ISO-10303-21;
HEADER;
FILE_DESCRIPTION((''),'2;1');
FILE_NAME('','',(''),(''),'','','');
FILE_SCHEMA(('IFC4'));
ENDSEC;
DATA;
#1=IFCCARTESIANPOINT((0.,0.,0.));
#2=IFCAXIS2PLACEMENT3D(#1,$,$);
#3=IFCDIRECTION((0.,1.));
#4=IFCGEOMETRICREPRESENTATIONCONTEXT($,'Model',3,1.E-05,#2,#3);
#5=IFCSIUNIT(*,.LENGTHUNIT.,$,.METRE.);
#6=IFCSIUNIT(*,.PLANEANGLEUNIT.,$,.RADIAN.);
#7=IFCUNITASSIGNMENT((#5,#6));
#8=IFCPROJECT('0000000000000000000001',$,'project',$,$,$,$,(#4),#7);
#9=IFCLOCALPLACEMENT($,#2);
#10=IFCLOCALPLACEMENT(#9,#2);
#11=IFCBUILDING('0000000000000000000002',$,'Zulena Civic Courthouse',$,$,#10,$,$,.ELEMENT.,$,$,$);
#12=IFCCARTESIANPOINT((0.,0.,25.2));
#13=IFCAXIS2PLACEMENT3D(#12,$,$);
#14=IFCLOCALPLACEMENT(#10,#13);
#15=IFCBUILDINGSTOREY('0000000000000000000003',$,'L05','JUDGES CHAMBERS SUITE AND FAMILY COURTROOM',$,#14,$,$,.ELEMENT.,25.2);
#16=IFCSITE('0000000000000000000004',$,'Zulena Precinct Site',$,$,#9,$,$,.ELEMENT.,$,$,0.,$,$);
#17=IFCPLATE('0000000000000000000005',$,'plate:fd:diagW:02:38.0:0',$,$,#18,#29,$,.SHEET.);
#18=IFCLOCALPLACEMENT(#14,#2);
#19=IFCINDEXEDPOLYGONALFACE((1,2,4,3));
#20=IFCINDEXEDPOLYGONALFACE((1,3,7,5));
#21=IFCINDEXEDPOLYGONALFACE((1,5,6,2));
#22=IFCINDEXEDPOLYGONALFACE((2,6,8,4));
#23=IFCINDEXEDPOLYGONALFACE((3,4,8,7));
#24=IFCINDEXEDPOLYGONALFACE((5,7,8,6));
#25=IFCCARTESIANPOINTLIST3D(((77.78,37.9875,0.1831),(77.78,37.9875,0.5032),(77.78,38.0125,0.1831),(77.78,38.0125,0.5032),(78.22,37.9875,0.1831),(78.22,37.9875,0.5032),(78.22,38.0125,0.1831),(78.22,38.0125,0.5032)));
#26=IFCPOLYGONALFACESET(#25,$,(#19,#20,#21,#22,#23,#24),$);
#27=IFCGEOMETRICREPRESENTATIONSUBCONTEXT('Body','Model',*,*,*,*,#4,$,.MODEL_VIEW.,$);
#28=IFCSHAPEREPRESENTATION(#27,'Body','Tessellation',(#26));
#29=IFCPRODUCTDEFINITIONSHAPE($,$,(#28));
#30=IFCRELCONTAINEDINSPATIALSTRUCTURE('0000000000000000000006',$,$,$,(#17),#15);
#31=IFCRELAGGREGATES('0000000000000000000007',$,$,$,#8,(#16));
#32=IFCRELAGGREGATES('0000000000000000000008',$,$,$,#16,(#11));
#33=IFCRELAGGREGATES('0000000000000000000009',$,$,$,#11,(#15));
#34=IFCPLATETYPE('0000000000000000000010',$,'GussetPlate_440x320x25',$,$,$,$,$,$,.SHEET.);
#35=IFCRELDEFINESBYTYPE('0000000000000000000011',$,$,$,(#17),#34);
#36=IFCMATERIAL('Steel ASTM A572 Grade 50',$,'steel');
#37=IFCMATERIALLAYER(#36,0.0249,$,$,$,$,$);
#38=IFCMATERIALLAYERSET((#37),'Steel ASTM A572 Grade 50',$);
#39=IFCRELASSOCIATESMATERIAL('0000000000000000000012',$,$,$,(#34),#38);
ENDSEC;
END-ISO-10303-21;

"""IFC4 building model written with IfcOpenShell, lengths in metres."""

from ifc_helpers import new_model, si_unit, direction, frame, origin, origin_2d, place, context, subcontext, project, spatial, rectangle, extrude, material, layer, layer_set, type_object, element, save


model = new_model("IFC4")

# Units and contexts
model_context = context("Model", 3, precision=1e-05, world=origin(), true_north=direction((0.0, 1.0)))
body_context = subcontext(model_context, "Body", "Model", "MODEL_VIEW")
ifc_project = project(units=[si_unit("LENGTHUNIT", "METRE"), si_unit("PLANEANGLEUNIT", "RADIAN")], contexts=[model_context])

# Site, building, storey
site_placement = place(None, origin())
site = spatial("IfcSite", under=ifc_project, at=site_placement, Name="Zulena Precinct Site", CompositionType="ELEMENT", RefElevation=0.0)
building_placement = place(site_placement, origin())
building = spatial("IfcBuilding", under=site, at=building_placement, Name="Zulena Civic Courthouse", CompositionType="ELEMENT")
storey_placement = place(building_placement, frame((0.0, 0.0, 25.2)))
storey = spatial("IfcBuildingStorey", under=building, at=storey_placement, Name="L05", Description="JUDGES CHAMBERS SUITE AND FAMILY COURTROOM", CompositionType="ELEMENT", Elevation=25.2)

# Plate
ifc_material_1 = material(Name="Steel ASTM A572 Grade 50", Category="steel")
ifc_layer = layer(ifc_material_1, 0.0249)
ifc_layer_set = layer_set([ifc_layer], Name="Steel ASTM A572 Grade 50")
plate_type = type_object("IfcPlateType", Name="GussetPlate_440x320x25", PredefinedType="SHEET", material=ifc_layer_set)
for number, where, z_axis, x_axis, name in (
    (1, (78.0, 38.0, 0.1831), (0.0, 0.0, 1.0), (1.0, 0.0, 0.0), "plate:fd:diagW:02:38.0:0"),
):
    element("IfcPlate", number, at=place(storey_placement, frame(where, z_axis=z_axis, x_axis=x_axis)), inside=storey, type_object=plate_type, Name=name, PredefinedType="SHEET", context=body_context, shape_type="SweptSolid", body=[
        extrude(rectangle(XDim=0.4399, YDim=0.0249, at=origin_2d()), origin(), (0.0, 0.0, 1.0), 0.3201),
    ])

save(model, "model.ifc")
